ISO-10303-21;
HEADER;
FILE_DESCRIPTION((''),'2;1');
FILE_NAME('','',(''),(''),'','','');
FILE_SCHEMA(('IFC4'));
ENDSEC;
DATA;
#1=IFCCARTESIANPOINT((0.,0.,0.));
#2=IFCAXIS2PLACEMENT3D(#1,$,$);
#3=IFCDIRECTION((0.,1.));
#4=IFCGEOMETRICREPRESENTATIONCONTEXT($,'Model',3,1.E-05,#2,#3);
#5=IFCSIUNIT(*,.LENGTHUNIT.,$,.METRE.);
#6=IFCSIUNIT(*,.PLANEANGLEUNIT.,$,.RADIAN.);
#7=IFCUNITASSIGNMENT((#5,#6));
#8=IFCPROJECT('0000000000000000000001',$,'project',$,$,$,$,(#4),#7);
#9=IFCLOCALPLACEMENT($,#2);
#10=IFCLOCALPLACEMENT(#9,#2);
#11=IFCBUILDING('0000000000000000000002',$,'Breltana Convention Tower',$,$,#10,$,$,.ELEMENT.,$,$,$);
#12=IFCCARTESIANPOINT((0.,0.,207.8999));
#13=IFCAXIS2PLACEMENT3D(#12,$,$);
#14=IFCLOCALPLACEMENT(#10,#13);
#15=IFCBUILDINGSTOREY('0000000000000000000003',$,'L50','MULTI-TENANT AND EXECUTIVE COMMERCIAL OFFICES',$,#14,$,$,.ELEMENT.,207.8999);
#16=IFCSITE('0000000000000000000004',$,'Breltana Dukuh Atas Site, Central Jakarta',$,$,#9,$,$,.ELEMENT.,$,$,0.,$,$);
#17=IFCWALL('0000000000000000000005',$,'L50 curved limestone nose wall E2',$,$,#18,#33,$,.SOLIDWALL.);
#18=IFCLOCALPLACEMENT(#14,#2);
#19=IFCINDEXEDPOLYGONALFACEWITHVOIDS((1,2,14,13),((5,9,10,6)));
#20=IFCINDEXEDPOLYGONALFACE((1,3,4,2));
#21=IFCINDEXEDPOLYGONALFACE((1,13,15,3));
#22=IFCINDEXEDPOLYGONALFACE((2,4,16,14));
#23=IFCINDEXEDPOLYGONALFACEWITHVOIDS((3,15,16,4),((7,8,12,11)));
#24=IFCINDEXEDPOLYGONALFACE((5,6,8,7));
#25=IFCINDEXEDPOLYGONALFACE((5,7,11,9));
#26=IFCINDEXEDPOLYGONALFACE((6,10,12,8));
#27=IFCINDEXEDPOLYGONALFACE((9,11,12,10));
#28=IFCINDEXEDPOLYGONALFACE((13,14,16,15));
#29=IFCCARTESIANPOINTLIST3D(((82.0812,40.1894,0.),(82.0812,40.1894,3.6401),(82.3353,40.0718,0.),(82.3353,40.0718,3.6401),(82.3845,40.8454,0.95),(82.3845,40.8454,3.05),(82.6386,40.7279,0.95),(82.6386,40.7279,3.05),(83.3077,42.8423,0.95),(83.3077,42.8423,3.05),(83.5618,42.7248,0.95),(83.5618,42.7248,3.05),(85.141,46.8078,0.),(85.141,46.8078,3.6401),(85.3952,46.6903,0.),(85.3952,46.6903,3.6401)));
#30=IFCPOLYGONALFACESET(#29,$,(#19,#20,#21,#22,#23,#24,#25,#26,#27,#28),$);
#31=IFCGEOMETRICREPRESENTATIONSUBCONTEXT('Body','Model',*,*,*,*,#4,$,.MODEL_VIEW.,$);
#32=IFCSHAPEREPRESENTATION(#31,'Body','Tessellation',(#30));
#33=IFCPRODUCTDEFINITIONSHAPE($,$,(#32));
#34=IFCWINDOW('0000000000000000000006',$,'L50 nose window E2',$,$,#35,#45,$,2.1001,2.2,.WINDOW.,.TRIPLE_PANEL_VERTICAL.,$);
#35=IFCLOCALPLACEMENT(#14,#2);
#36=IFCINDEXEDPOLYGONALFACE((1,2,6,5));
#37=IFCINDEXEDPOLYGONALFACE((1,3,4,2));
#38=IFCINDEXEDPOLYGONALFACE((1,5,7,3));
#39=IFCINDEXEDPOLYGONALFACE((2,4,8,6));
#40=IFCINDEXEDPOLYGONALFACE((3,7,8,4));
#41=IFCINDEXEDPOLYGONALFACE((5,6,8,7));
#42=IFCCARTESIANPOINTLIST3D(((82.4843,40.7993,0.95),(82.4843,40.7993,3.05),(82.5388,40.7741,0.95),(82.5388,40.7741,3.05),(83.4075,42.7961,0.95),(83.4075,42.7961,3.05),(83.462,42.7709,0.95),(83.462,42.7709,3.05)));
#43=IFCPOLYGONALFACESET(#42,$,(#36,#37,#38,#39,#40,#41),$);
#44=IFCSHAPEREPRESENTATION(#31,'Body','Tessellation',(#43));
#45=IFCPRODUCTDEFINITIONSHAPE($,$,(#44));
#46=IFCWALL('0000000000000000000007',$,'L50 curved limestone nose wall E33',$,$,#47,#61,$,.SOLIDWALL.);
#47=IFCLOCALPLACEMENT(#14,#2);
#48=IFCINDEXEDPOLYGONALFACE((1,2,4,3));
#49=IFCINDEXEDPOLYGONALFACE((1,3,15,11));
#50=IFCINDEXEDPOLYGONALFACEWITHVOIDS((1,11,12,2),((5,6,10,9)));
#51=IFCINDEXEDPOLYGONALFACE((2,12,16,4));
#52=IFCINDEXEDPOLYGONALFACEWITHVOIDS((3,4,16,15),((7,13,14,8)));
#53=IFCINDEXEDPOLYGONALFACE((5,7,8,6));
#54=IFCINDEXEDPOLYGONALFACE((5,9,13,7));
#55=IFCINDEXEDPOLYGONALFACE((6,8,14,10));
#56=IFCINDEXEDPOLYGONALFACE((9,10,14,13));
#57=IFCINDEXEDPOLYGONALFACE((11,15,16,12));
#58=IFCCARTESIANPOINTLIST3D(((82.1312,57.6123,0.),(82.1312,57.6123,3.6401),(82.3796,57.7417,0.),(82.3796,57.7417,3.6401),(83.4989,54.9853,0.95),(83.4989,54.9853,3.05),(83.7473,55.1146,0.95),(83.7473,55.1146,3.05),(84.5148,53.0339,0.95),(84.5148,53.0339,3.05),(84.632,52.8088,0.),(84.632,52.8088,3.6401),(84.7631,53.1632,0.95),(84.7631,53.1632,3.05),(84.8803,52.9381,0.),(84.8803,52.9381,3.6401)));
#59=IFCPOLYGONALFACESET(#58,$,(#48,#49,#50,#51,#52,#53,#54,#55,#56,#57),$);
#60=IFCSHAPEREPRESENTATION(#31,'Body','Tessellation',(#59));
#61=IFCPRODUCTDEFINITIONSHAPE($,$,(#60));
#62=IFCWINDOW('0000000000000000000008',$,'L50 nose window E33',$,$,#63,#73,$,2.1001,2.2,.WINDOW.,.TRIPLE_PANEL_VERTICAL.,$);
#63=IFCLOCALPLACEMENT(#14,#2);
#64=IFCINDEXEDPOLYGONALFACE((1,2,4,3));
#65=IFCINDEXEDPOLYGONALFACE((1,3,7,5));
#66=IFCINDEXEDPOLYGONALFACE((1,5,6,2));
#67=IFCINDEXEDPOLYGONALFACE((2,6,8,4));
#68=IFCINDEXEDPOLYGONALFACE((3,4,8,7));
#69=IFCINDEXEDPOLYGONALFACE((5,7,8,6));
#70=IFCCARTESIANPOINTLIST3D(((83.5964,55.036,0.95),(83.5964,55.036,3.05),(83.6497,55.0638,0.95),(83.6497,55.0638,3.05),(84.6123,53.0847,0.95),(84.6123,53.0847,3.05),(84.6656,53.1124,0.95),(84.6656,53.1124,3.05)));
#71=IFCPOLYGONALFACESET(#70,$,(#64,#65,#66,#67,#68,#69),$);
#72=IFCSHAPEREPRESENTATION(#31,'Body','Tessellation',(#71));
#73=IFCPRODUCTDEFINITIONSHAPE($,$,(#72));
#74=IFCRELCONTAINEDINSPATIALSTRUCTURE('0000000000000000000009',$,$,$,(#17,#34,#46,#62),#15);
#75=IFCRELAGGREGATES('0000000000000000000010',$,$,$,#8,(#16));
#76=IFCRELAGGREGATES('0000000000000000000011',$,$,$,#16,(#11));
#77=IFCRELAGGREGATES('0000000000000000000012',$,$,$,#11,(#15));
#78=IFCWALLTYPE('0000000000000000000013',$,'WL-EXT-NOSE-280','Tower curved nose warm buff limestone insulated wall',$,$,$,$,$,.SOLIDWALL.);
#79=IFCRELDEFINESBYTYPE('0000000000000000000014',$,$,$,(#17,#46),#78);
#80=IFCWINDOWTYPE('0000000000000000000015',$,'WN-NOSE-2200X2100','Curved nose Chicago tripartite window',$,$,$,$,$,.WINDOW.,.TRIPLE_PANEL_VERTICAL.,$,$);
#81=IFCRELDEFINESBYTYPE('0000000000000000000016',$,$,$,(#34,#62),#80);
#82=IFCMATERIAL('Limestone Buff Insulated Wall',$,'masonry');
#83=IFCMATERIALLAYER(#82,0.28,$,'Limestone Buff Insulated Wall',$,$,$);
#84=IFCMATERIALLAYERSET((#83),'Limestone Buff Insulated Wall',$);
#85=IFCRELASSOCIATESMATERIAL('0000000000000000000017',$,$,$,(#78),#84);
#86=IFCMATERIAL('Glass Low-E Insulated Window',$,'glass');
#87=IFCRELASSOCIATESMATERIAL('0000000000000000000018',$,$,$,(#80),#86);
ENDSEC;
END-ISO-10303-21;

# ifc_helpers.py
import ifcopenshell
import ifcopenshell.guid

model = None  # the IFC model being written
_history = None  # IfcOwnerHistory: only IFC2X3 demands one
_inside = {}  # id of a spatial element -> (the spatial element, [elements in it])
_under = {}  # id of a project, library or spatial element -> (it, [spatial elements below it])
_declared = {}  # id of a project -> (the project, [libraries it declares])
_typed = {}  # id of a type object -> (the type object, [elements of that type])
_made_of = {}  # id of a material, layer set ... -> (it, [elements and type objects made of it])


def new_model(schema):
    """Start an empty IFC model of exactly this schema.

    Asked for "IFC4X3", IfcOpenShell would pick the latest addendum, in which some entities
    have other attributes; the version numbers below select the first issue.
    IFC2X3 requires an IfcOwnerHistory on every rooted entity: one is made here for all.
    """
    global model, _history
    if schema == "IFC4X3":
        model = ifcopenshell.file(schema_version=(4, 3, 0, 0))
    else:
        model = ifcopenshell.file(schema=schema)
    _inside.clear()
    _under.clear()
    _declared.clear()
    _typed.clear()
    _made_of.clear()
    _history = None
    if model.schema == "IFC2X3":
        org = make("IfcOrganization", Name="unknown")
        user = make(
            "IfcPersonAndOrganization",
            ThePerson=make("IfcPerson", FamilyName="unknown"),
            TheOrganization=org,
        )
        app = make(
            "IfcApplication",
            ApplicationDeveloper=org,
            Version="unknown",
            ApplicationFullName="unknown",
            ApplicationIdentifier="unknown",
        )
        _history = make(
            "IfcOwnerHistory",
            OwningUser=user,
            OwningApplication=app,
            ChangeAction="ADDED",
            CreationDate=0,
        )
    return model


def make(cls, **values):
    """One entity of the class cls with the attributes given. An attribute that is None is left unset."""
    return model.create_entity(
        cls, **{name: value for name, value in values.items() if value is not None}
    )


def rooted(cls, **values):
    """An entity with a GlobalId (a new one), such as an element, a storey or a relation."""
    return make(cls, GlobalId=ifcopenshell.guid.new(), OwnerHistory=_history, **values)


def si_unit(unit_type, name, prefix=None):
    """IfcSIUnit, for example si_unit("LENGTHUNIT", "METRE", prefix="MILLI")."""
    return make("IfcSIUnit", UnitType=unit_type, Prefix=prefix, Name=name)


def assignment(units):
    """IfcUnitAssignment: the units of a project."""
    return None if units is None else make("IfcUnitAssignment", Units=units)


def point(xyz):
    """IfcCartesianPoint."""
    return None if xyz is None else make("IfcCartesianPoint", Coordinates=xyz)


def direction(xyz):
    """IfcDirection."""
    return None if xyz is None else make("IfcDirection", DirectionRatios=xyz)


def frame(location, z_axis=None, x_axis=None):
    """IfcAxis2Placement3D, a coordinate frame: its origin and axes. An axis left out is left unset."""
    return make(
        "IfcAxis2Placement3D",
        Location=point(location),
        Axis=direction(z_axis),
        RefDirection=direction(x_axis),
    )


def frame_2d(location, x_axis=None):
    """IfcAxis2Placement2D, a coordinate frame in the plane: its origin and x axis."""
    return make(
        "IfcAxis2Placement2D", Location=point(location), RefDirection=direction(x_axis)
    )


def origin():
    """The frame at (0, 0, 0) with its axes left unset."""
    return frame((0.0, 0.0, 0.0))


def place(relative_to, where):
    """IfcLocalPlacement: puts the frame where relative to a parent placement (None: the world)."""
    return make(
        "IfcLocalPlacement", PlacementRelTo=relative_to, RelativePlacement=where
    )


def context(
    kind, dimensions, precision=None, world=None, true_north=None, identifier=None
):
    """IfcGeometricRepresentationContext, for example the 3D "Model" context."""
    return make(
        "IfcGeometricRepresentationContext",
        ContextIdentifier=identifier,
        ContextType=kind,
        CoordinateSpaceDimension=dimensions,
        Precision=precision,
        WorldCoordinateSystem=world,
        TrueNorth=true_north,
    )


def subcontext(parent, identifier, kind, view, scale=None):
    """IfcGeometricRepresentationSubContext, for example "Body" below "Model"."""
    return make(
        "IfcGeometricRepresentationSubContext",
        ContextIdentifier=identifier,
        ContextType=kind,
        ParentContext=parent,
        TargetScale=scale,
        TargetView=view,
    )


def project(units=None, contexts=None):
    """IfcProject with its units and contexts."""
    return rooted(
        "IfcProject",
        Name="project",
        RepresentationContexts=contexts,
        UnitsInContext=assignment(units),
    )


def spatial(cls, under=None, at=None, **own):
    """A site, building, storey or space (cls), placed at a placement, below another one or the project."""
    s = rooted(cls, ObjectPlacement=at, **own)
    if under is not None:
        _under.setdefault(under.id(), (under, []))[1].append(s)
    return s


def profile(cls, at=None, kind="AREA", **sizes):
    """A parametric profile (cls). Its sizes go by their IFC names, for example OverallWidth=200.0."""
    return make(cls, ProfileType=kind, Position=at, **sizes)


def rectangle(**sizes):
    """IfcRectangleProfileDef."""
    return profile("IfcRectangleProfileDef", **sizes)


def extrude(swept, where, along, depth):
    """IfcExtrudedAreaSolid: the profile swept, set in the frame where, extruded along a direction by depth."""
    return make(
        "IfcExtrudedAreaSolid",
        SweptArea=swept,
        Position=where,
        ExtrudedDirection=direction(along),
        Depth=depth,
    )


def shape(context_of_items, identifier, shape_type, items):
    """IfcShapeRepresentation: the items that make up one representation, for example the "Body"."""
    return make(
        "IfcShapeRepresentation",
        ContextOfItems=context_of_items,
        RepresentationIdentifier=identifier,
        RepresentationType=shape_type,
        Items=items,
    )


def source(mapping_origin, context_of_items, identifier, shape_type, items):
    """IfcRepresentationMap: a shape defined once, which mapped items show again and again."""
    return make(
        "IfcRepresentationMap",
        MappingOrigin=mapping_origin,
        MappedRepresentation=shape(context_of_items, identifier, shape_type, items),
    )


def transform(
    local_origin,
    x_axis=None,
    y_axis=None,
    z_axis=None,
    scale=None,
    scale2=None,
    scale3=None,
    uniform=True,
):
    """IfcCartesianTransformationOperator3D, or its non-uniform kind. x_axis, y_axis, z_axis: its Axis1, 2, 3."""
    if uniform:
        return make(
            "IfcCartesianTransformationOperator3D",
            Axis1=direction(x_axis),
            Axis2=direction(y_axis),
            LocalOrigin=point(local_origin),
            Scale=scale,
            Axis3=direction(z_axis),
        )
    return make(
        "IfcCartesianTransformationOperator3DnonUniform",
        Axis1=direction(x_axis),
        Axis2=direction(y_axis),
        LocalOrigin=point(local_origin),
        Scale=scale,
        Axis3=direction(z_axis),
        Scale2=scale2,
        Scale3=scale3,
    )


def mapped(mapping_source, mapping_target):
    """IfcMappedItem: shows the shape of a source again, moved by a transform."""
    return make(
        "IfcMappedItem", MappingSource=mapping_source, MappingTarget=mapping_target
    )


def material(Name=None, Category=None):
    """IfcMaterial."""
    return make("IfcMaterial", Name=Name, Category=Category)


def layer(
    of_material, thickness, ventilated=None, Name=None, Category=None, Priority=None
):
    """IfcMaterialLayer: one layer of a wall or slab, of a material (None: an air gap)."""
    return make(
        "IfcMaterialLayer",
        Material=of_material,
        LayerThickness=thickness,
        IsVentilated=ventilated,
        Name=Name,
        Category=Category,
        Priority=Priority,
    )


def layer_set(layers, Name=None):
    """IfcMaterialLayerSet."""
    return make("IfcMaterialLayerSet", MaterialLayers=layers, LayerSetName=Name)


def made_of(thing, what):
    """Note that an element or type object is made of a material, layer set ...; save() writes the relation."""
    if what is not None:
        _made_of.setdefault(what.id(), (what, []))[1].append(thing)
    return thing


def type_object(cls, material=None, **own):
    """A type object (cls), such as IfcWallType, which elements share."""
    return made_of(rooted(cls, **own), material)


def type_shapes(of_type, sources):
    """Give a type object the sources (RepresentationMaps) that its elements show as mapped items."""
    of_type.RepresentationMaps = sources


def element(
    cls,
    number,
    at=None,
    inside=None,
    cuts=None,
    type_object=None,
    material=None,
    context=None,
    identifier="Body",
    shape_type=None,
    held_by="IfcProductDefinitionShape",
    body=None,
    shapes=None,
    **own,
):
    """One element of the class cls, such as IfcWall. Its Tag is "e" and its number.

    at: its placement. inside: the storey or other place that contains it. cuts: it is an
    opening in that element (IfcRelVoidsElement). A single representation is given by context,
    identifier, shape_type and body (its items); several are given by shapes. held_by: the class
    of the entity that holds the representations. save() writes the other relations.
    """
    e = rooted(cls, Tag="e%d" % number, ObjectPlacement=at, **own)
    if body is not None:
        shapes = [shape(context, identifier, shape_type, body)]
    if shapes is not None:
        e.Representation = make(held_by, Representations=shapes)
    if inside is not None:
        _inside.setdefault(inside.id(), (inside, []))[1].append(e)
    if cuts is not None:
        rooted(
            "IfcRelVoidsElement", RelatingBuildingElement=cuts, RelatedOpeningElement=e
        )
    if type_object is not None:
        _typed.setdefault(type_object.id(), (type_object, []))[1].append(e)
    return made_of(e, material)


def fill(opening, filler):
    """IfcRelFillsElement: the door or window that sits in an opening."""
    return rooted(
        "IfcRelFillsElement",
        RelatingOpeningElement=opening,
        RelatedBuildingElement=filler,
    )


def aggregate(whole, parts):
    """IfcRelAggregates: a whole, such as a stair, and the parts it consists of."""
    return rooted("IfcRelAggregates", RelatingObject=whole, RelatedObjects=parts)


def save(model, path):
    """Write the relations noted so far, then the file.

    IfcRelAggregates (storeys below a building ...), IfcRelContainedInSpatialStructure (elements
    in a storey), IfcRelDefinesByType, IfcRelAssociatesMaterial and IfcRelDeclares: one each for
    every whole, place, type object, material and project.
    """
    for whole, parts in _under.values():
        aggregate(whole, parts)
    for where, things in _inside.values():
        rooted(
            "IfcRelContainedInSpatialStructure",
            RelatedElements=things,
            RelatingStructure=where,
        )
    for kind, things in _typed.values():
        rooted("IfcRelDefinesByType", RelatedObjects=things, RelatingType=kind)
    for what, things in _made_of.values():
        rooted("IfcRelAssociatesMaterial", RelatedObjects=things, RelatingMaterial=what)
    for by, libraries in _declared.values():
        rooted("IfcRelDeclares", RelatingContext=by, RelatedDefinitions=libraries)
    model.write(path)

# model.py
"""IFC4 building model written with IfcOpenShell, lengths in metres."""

from ifc_helpers import new_model, si_unit, direction, frame, frame_2d, origin, place, context, subcontext, project, spatial, rectangle, extrude, source, transform, mapped, material, layer, layer_set, type_object, type_shapes, element, fill, save


model = new_model("IFC4")

# Units and contexts
model_context = context("Model", 3, precision=1e-05, world=origin(), true_north=direction((0.0, 1.0)))
body_context = subcontext(model_context, "Body", "Model", "MODEL_VIEW")
ifc_project = project(units=[si_unit("LENGTHUNIT", "METRE"), si_unit("PLANEANGLEUNIT", "RADIAN")], contexts=[model_context])

# Site, building, storey
site_placement = place(None, origin())
site = spatial("IfcSite", under=ifc_project, at=site_placement, Name="Breltana Dukuh Atas Site, Central Jakarta", CompositionType="ELEMENT", RefElevation=0.0)
building_placement = place(site_placement, origin())
building = spatial("IfcBuilding", under=site, at=building_placement, Name="Breltana Convention Tower", CompositionType="ELEMENT")
storey_placement = place(building_placement, frame((0.0, 0.0, 207.8999)))
storey = spatial("IfcBuildingStorey", under=building, at=storey_placement, Name="L50", Description="MULTI-TENANT AND EXECUTIVE COMMERCIAL OFFICES", CompositionType="ELEMENT", Elevation=207.8999)

# Walls, openings, windows
ifc_material_1 = material(Name="Limestone Buff Insulated Wall", Category="masonry")
ifc_layer_1 = layer(ifc_material_1, 0.28, Name="Limestone Buff Insulated Wall")
ifc_layer_set_1 = layer_set([ifc_layer_1], Name="Limestone Buff Insulated Wall")
wall_type = type_object("IfcWallType", Name="WL-EXT-NOSE-280", Description="Tower curved nose warm buff limestone insulated wall", PredefinedType="SOLIDWALL", material=ifc_layer_set_1)
ifc_material_2 = material(Name="Glass Low-E Insulated Window", Category="glass")
window_type = type_object("IfcWindowType", Name="WN-NOSE-2200X2100", Description="Curved nose Chicago tripartite window", PartitioningType="TRIPLE_PANEL_VERTICAL", PredefinedType="WINDOW", material=ifc_material_2)
shared_shape_1 = source(origin(), body_context, "Body", "SweptSolid", [
    extrude(rectangle(XDim=2.2, YDim=2.1001, at=frame_2d((1.1001, 1.05))), frame((0.0, 0.03, 0.0), z_axis=(0.0, -1.0, 0.0), x_axis=(1.0, 0.0, 0.0)), (0.0, 0.0, 1.0), 0.0601),
])
type_shapes(window_type, [shared_shape_1])
shared_shape_2 = source(origin(), body_context, "Body", "SweptSolid", [
    extrude(rectangle(XDim=7.2915, YDim=0.28, at=frame_2d((3.6458, 0.0))), origin(), (0.0, 0.0, 1.0), 3.6401),
])
wall_1_placement = place(storey_placement, frame((85.2681, 46.749, 0.0), z_axis=(0.0, 0.0, 1.0), x_axis=(-0.419642, -0.90769, 0.0)))
wall_1 = element("IfcWall", 1, at=wall_1_placement, inside=storey, type_object=wall_type, Name="L50 curved limestone nose wall E2", PredefinedType="SOLIDWALL", context=body_context, shape_type="MappedRepresentation", body=[
    mapped(shared_shape_2, transform((0.0, 0.0, 0.0), scale=1.0)),
])
opening_1_placement = place(wall_1_placement, frame((4.3687, 0.0, 0.95)))
opening_1 = element("IfcOpeningElement", 2, at=opening_1_placement, cuts=wall_1, PredefinedType="OPENING", context=body_context, shape_type="SweptSolid", body=[
    extrude(rectangle(XDim=2.2, YDim=2.1001, at=frame_2d((1.1001, 1.05))), frame((0.0, 0.1499, 0.0), z_axis=(0.0, -1.0, 0.0), x_axis=(1.0, 0.0, 0.0)), (0.0, 0.0, 1.0), 0.3),
])
window_1_placement = place(opening_1_placement, origin())
window_1 = element("IfcWindow", 3, at=window_1_placement, inside=storey, type_object=window_type, Name="L50 nose window E2", OverallHeight=2.1001, OverallWidth=2.2, PartitioningType="TRIPLE_PANEL_VERTICAL", PredefinedType="WINDOW", context=body_context, shape_type="MappedRepresentation", body=[
    mapped(shared_shape_1, transform((0.0, 0.0, 0.0), scale=1.0)),
])
fill(opening_1, window_1)
shared_shape_3 = source(origin(), body_context, "Body", "SweptSolid", [
    extrude(rectangle(XDim=5.4155, YDim=0.28, at=frame_2d((2.7078, 0.0))), origin(), (0.0, 0.0, 1.0), 3.6401),
])
wall_2_placement = place(storey_placement, frame((82.2554, 57.677, 0.0), z_axis=(0.0, 0.0, 1.0), x_axis=(0.461779, -0.886995, 0.0)))
wall_2 = element("IfcWall", 4, at=wall_2_placement, inside=storey, type_object=wall_type, Name="L50 curved limestone nose wall E33", PredefinedType="SOLIDWALL", context=body_context, shape_type="MappedRepresentation", body=[
    mapped(shared_shape_3, transform((0.0, 0.0, 0.0), scale=1.0)),
])
opening_2_placement = place(wall_2_placement, frame((2.9617, 0.0, 0.95)))
opening_2 = element("IfcOpeningElement", 5, at=opening_2_placement, cuts=wall_2, PredefinedType="OPENING", context=body_context, shape_type="SweptSolid", body=[
    extrude(rectangle(XDim=2.2, YDim=2.1001, at=frame_2d((1.1001, 1.05))), frame((0.0, 0.1499, 0.0), z_axis=(0.0, -1.0, 0.0), x_axis=(1.0, 0.0, 0.0)), (0.0, 0.0, 1.0), 0.3),
])
window_2_placement = place(opening_2_placement, origin())
window_2 = element("IfcWindow", 6, at=window_2_placement, inside=storey, type_object=window_type, Name="L50 nose window E33", OverallHeight=2.1001, OverallWidth=2.2, PartitioningType="TRIPLE_PANEL_VERTICAL", PredefinedType="WINDOW", context=body_context, shape_type="MappedRepresentation", body=[
    mapped(shared_shape_1, transform((0.0, 0.0, 0.0), scale=1.0)),
])
fill(opening_2, window_2)

save(model, "model.ifc")
